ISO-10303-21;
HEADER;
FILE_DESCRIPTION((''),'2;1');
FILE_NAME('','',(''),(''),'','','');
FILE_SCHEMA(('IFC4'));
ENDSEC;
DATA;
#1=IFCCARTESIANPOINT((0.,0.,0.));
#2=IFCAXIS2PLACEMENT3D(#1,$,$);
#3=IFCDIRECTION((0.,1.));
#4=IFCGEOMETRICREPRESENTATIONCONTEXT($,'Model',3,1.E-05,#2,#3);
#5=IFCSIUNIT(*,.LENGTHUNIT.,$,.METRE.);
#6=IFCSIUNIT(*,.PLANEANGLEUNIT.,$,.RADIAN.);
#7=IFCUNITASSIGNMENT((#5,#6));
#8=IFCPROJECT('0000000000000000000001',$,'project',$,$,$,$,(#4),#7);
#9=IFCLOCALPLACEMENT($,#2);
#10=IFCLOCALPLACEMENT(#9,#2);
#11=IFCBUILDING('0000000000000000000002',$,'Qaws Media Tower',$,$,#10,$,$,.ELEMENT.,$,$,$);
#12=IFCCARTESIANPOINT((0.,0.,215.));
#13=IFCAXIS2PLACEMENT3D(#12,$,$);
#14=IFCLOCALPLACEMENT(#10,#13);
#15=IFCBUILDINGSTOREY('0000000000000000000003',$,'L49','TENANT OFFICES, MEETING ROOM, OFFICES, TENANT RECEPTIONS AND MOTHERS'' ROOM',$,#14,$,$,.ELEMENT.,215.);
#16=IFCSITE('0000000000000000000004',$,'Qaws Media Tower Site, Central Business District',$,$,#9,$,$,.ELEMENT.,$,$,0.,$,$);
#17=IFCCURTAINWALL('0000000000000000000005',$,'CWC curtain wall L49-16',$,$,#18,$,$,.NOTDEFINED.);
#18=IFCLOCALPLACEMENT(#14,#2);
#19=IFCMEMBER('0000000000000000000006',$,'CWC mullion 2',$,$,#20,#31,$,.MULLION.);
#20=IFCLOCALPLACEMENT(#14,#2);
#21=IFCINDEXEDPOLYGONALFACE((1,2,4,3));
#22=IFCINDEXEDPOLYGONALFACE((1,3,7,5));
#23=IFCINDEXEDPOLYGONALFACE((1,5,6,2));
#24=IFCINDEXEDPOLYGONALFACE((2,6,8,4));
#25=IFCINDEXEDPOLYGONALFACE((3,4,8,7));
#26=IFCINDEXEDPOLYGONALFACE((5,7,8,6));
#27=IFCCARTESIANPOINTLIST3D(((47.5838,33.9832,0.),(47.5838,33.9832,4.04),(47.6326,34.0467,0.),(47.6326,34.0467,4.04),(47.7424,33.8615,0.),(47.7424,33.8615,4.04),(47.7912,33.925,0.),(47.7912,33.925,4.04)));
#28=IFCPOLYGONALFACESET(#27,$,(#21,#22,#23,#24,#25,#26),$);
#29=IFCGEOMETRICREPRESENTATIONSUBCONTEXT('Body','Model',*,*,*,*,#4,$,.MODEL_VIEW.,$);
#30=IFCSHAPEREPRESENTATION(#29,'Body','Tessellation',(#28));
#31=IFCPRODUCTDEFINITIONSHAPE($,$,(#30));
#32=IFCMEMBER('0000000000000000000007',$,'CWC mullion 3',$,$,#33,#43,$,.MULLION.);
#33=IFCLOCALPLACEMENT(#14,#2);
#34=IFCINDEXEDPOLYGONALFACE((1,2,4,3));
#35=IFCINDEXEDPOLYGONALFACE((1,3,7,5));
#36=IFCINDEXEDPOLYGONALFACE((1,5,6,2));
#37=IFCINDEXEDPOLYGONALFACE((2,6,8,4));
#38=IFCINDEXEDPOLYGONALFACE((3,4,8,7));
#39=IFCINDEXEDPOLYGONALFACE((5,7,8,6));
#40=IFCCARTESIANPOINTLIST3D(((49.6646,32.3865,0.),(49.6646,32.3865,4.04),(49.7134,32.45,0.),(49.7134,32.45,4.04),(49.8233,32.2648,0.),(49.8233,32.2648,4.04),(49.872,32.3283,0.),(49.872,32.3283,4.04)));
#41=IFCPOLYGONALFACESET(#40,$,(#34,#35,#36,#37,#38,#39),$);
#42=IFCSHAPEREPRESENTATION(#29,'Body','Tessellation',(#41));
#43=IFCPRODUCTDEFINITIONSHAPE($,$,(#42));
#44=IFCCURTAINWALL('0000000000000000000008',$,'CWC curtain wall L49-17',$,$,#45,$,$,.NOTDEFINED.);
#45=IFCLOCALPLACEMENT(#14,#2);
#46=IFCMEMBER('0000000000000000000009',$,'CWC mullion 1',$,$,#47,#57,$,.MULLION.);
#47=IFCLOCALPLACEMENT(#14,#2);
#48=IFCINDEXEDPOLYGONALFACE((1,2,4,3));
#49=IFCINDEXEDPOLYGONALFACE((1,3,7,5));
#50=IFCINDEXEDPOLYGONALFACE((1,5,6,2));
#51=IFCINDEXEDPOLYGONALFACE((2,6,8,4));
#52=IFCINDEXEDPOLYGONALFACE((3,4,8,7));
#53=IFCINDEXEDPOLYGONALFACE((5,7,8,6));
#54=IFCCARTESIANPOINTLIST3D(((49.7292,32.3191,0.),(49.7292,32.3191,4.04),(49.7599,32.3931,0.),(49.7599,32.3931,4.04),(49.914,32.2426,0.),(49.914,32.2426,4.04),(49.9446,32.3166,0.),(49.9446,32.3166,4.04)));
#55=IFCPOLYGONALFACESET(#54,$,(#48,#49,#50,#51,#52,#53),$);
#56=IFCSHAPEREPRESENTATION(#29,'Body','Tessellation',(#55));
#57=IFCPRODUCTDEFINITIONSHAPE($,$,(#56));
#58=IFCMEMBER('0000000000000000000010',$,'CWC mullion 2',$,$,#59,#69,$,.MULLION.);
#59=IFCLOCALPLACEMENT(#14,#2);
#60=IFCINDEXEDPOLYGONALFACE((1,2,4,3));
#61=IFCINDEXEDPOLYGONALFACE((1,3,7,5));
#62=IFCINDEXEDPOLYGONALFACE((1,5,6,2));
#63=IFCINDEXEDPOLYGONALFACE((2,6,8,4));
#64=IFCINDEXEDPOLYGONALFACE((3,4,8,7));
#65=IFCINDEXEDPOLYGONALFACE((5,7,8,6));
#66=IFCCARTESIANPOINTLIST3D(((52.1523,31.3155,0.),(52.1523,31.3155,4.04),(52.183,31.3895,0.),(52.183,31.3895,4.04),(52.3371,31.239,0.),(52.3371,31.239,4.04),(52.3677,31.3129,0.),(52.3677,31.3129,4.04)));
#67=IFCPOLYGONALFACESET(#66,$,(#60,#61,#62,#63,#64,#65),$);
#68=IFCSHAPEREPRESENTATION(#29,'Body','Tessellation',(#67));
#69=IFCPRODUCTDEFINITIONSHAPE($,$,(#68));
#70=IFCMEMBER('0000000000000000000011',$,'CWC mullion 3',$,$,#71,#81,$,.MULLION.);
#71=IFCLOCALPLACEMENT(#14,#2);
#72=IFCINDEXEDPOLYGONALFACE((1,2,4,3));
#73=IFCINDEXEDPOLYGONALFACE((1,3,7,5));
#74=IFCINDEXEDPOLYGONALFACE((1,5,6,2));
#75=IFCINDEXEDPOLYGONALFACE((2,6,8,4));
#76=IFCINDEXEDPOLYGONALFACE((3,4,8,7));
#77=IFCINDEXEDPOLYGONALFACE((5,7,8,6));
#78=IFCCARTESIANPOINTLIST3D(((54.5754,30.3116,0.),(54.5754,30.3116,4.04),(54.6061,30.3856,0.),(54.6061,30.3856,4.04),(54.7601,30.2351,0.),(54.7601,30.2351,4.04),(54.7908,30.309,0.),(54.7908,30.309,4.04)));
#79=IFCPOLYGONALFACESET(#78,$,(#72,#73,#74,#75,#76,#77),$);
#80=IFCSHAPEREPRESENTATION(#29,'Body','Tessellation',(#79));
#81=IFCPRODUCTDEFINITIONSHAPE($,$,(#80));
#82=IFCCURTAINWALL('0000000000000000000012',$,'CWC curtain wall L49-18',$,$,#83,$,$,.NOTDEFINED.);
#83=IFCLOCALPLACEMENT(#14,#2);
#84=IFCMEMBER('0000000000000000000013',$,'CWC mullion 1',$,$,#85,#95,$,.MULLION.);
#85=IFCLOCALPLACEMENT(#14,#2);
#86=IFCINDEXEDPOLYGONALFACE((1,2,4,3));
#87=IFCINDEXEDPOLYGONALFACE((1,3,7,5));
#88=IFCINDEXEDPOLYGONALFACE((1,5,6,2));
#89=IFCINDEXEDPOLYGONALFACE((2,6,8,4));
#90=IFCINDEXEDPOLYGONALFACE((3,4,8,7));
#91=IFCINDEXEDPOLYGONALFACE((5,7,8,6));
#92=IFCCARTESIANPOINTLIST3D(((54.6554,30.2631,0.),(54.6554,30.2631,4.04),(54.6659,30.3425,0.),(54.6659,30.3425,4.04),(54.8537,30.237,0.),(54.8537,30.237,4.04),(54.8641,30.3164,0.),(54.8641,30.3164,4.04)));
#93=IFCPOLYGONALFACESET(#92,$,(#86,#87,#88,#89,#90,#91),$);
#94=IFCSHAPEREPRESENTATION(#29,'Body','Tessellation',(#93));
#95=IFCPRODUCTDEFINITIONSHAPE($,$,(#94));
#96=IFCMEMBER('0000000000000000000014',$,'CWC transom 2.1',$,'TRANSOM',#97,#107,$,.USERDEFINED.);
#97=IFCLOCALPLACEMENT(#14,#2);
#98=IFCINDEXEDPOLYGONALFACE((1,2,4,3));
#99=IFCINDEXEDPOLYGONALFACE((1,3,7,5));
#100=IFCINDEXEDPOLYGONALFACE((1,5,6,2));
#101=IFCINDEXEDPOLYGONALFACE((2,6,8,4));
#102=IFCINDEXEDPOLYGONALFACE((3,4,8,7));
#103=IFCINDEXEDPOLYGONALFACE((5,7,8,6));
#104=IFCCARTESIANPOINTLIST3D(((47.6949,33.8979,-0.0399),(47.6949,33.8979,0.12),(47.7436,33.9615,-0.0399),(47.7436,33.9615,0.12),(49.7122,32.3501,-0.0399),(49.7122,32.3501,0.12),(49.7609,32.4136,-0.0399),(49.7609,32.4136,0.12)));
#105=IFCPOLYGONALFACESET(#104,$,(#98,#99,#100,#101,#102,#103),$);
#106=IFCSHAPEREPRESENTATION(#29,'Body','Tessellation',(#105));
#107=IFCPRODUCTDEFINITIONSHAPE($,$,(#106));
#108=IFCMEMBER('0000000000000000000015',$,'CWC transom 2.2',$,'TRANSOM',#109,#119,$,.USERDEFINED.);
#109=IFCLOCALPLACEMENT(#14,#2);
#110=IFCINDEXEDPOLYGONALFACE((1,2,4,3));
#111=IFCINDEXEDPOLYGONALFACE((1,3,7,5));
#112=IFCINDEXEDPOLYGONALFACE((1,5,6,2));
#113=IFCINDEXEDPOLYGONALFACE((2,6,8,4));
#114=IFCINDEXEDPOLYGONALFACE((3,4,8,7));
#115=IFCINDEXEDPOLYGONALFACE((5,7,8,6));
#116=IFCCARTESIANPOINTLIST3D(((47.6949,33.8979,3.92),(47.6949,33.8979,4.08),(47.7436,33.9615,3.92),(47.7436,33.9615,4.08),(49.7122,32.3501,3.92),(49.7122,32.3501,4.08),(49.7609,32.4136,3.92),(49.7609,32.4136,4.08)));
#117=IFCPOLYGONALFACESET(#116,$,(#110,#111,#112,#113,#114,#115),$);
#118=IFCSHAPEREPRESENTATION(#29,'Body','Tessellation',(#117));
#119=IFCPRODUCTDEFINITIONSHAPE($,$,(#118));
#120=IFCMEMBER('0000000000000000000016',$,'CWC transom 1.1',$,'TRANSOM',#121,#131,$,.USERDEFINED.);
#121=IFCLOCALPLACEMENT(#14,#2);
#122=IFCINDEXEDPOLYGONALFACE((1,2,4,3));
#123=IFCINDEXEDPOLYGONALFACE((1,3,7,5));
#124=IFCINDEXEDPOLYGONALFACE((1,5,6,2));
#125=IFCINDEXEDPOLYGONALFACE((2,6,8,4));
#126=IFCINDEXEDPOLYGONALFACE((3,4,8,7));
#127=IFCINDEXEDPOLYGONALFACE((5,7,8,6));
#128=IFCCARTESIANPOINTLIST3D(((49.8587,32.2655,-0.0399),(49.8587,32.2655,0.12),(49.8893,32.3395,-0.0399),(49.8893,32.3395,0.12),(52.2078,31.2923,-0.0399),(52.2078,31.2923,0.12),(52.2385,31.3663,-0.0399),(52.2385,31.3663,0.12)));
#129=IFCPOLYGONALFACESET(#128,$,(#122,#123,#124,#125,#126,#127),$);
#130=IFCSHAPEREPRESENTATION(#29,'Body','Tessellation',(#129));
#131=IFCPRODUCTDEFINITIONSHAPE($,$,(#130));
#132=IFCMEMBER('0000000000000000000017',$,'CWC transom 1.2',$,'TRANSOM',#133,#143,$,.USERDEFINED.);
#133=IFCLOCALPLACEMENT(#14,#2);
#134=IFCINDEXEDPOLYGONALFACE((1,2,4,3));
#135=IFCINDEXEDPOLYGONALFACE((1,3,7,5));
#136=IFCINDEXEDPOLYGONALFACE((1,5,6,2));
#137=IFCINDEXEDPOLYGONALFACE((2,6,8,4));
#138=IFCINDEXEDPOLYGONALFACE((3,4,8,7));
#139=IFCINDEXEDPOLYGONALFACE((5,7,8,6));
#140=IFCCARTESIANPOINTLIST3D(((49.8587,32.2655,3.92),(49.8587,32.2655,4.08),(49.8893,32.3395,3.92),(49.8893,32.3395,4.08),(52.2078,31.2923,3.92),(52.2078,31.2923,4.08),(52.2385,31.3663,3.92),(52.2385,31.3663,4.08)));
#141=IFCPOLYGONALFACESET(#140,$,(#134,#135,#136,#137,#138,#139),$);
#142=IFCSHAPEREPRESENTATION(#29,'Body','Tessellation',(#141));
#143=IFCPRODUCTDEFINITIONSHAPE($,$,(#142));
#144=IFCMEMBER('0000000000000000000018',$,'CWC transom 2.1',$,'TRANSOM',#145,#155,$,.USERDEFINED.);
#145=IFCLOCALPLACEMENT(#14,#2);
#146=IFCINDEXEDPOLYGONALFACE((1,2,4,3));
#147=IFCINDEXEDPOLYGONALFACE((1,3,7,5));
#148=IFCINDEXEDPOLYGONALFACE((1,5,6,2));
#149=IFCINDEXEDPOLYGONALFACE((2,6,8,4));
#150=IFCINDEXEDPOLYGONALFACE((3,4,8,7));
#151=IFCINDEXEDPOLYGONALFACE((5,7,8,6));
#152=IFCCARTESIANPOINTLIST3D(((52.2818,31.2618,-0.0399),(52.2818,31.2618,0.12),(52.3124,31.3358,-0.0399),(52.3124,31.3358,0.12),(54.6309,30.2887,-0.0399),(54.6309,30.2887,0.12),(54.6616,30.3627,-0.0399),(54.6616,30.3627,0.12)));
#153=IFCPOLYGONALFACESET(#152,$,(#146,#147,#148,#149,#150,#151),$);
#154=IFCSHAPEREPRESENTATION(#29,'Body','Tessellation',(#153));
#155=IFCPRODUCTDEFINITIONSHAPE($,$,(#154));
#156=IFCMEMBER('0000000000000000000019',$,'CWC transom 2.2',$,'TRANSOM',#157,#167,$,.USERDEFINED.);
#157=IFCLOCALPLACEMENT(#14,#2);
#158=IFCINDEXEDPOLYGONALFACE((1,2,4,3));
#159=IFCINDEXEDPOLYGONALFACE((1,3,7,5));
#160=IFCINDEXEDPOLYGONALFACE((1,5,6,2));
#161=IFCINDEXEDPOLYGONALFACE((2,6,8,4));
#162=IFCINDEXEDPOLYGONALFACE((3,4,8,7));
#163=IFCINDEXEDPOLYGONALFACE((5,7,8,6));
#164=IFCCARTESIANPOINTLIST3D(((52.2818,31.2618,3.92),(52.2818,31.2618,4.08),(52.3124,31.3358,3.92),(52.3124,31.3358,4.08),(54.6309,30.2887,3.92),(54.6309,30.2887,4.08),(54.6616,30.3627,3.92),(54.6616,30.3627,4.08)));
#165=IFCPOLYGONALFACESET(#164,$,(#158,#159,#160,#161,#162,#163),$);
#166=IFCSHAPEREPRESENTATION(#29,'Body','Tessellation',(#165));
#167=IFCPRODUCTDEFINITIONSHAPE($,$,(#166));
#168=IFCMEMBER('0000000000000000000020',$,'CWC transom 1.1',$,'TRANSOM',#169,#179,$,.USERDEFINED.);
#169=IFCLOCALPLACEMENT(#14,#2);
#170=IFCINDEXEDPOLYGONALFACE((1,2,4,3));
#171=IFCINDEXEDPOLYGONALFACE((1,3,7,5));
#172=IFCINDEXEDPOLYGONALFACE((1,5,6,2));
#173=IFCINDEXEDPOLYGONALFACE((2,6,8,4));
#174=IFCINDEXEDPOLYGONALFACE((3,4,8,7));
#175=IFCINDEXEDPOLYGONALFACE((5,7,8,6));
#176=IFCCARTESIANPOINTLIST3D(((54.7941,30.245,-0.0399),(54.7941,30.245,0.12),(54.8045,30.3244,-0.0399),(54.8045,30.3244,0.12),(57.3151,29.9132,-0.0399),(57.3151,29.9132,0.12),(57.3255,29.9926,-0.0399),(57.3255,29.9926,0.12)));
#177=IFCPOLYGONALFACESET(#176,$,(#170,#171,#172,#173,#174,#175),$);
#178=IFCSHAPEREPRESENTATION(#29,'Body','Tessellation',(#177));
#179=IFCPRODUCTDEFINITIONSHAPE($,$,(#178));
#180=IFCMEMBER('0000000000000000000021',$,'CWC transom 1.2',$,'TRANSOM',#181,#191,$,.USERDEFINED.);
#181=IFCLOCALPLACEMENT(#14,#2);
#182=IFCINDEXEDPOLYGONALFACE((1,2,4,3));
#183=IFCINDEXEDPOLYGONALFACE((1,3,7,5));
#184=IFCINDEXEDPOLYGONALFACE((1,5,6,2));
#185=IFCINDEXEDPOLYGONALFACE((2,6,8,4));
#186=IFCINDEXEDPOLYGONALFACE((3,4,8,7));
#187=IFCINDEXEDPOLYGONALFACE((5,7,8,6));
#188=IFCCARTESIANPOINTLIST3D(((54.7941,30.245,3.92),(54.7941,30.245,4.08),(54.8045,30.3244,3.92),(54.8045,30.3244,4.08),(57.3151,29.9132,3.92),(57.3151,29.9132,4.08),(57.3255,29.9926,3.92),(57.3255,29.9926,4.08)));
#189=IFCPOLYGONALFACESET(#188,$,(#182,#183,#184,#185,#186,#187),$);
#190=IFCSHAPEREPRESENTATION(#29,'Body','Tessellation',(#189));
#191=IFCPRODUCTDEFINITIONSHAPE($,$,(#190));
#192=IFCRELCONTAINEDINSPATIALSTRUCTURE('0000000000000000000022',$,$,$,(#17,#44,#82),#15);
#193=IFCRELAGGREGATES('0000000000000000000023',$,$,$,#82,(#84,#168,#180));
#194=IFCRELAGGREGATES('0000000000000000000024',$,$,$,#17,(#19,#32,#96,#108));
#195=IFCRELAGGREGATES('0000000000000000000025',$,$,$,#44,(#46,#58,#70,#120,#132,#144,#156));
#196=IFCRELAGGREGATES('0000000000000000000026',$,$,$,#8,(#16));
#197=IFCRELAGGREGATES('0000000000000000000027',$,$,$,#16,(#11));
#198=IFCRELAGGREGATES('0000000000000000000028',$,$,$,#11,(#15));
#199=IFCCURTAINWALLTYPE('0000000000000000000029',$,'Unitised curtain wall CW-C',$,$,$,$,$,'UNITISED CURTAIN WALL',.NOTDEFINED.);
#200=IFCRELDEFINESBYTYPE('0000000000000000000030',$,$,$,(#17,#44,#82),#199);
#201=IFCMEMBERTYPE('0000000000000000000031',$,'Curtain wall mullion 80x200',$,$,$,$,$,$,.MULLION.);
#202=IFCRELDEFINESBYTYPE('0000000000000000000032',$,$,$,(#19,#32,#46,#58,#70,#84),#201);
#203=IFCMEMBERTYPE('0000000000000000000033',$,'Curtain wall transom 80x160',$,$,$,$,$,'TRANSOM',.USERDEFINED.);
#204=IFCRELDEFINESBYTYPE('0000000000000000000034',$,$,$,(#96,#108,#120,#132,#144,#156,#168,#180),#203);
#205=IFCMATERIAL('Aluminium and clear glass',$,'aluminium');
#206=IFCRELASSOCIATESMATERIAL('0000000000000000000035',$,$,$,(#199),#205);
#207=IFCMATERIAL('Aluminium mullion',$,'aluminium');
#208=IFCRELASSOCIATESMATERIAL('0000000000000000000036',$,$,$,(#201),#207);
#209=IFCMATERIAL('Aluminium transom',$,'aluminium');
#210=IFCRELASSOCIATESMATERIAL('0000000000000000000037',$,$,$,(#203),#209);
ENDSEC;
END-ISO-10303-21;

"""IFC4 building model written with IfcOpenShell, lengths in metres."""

from ifc_helpers import new_model, si_unit, direction, frame, origin, origin_2d, place, context, subcontext, project, spatial, rectangle, extrude, material, material_profile, profile_set, type_object, element, aggregate, save


model = new_model("IFC4")

# Units and contexts
model_context = context("Model", 3, precision=1e-05, world=origin(), true_north=direction((0.0, 1.0)))
body_context = subcontext(model_context, "Body", "Model", "MODEL_VIEW")
ifc_project = project(units=[si_unit("LENGTHUNIT", "METRE"), si_unit("PLANEANGLEUNIT", "RADIAN")], contexts=[model_context])

# Site, building, storey
site_placement = place(None, origin())
site = spatial("IfcSite", under=ifc_project, at=site_placement, Name="Qaws Media Tower Site, Central Business District", CompositionType="ELEMENT", RefElevation=0.0)
building_placement = place(site_placement, origin())
building = spatial("IfcBuilding", under=site, at=building_placement, Name="Qaws Media Tower", CompositionType="ELEMENT")
storey_placement = place(building_placement, frame((0.0, 0.0, 215.0)))
storey = spatial("IfcBuildingStorey", under=building, at=storey_placement, Name="L49", Description="TENANT OFFICES, MEETING ROOM, OFFICES, TENANT RECEPTIONS AND MOTHERS' ROOM", CompositionType="ELEMENT", Elevation=215.0)

# Curtain walls, members
ifc_material_1 = material(Name="Aluminium and clear glass", Category="aluminium")
curtain_wall_type = type_object("IfcCurtainWallType", Name="Unitised curtain wall CW-C", ElementType="UNITISED CURTAIN WALL", PredefinedType="NOTDEFINED", material=ifc_material_1)
curtain_wall_1_placement = place(storey_placement, origin())
curtain_wall_1 = element("IfcCurtainWall", 1, at=curtain_wall_1_placement, inside=storey, type_object=curtain_wall_type, Name="CWC curtain wall L49-16", PredefinedType="NOTDEFINED")
ifc_material_2 = material(Name="Aluminium mullion", Category="aluminium")
ifc_material_profile_1 = material_profile(ifc_material_2, rectangle(XDim=0.0801, YDim=0.2, at=origin_2d()), Name="80x200")
ifc_profile_set_1 = profile_set([ifc_material_profile_1], Name="Aluminium mullion")
member_type_1 = type_object("IfcMemberType", Name="Curtain wall mullion 80x200", PredefinedType="MULLION", material=ifc_profile_set_1)
member_1_placement = place(storey_placement, frame((47.6875, 33.9541, 0.0), z_axis=(0.0, 0.0, 1.0), x_axis=(0.608761, 0.793353, 0.0)))
member_1 = element("IfcMember", 2, at=member_1_placement, type_object=member_type_1, Name="CWC mullion 2", PredefinedType="MULLION", context=body_context, shape_type="SweptSolid", body=[
    extrude(rectangle(XDim=0.0801, YDim=0.2, at=origin_2d()), origin(), (0.0, 0.0, 1.0), 4.04),
])
member_2_placement = place(storey_placement, frame((49.7683, 32.3574, 0.0), z_axis=(0.0, 0.0, 1.0), x_axis=(0.608761, 0.793353, 0.0)))
member_2 = element("IfcMember", 3, at=member_2_placement, type_object=member_type_1, Name="CWC mullion 3", PredefinedType="MULLION", context=body_context, shape_type="SweptSolid", body=[
    extrude(rectangle(XDim=0.0801, YDim=0.2, at=origin_2d()), origin(), (0.0, 0.0, 1.0), 4.04),
])
curtain_wall_2_placement = place(storey_placement, origin())
curtain_wall_2 = element("IfcCurtainWall", 4, at=curtain_wall_2_placement, inside=storey, type_object=curtain_wall_type, Name="CWC curtain wall L49-17", PredefinedType="NOTDEFINED")
member_3_placement = place(storey_placement, frame((49.8369, 32.3179, 0.0), z_axis=(0.0, 0.0, 1.0), x_axis=(0.382684, 0.923879, 0.0)))
member_3 = element("IfcMember", 5, at=member_3_placement, type_object=member_type_1, Name="CWC mullion 1", PredefinedType="MULLION", context=body_context, shape_type="SweptSolid", body=[
    extrude(rectangle(XDim=0.0801, YDim=0.2, at=origin_2d()), origin(), (0.0, 0.0, 1.0), 4.04),
])
member_4_placement = place(storey_placement, frame((52.26, 31.3142, 0.0), z_axis=(0.0, 0.0, 1.0), x_axis=(0.382684, 0.923879, 0.0)))
member_4 = element("IfcMember", 6, at=member_4_placement, type_object=member_type_1, Name="CWC mullion 2", PredefinedType="MULLION", context=body_context, shape_type="SweptSolid", body=[
    extrude(rectangle(XDim=0.0801, YDim=0.2, at=origin_2d()), origin(), (0.0, 0.0, 1.0), 4.04),
])
member_5_placement = place(storey_placement, frame((54.6831, 30.3103, 0.0), z_axis=(0.0, 0.0, 1.0), x_axis=(0.382684, 0.923879, 0.0)))
member_5 = element("IfcMember", 7, at=member_5_placement, type_object=member_type_1, Name="CWC mullion 3", PredefinedType="MULLION", context=body_context, shape_type="SweptSolid", body=[
    extrude(rectangle(XDim=0.0801, YDim=0.2, at=origin_2d()), origin(), (0.0, 0.0, 1.0), 4.04),
])

# Curtain wall, member
curtain_wall_3_placement = place(storey_placement, origin())
curtain_wall_3 = element("IfcCurtainWall", 8, at=curtain_wall_3_placement, inside=storey, type_object=curtain_wall_type, Name="CWC curtain wall L49-18", PredefinedType="NOTDEFINED")
member_6_placement = place(storey_placement, frame((54.7598, 30.2898, 0.0), z_axis=(0.0, 0.0, 1.0), x_axis=(0.130526, 0.991445, 0.0)))
member_6 = element("IfcMember", 9, at=member_6_placement, type_object=member_type_1, Name="CWC mullion 1", PredefinedType="MULLION", context=body_context, shape_type="SweptSolid", body=[
    extrude(rectangle(XDim=0.0801, YDim=0.2, at=origin_2d()), origin(), (0.0, 0.0, 1.0), 4.04),
])

# Members
ifc_material_3 = material(Name="Aluminium transom", Category="aluminium")
ifc_material_profile_2 = material_profile(ifc_material_3, rectangle(XDim=0.0801, YDim=0.1599, at=origin_2d()), Name="80x160")
ifc_profile_set_2 = profile_set([ifc_material_profile_2], Name="Aluminium transom")
member_type_2 = type_object("IfcMemberType", Name="Curtain wall transom 80x160", ElementType="TRANSOM", PredefinedType="USERDEFINED", material=ifc_profile_set_2)
member_7_placement = place(storey_placement, frame((47.7192, 33.9297, 0.04), z_axis=(0.793373, -0.608736, 0.0), x_axis=(0.608736, 0.793373, 0.0)))
member_7 = element("IfcMember", 10, at=member_7_placement, type_object=member_type_2, Name="CWC transom 2.1", ObjectType="TRANSOM", PredefinedType="USERDEFINED", context=body_context, shape_type="SweptSolid", body=[
    extrude(rectangle(XDim=0.0801, YDim=0.1599, at=origin_2d()), origin(), (0.0, 0.0, 1.0), 2.5427),
])
member_8_placement = place(storey_placement, frame((47.7192, 33.9297, 4.0), z_axis=(0.793373, -0.608736, 0.0), x_axis=(0.608736, 0.793373, 0.0)))
member_8 = element("IfcMember", 11, at=member_8_placement, type_object=member_type_2, Name="CWC transom 2.2", ObjectType="TRANSOM", PredefinedType="USERDEFINED", context=body_context, shape_type="SweptSolid", body=[
    extrude(rectangle(XDim=0.0801, YDim=0.1599, at=origin_2d()), origin(), (0.0, 0.0, 1.0), 2.5427),
])
member_9_placement = place(storey_placement, frame((49.874, 32.3025, 0.04), z_axis=(0.923865, -0.382719, 0.0), x_axis=(0.382719, 0.923865, 0.0)))
member_9 = element("IfcMember", 12, at=member_9_placement, type_object=member_type_2, Name="CWC transom 1.1", ObjectType="TRANSOM", PredefinedType="USERDEFINED", context=body_context, shape_type="SweptSolid", body=[
    extrude(rectangle(XDim=0.0801, YDim=0.1599, at=origin_2d()), origin(), (0.0, 0.0, 1.0), 2.5427),
])
member_10_placement = place(storey_placement, frame((49.874, 32.3025, 4.0), z_axis=(0.923865, -0.382719, 0.0), x_axis=(0.382719, 0.923865, 0.0)))
member_10 = element("IfcMember", 13, at=member_10_placement, type_object=member_type_2, Name="CWC transom 1.2", ObjectType="TRANSOM", PredefinedType="USERDEFINED", context=body_context, shape_type="SweptSolid", body=[
    extrude(rectangle(XDim=0.0801, YDim=0.1599, at=origin_2d()), origin(), (0.0, 0.0, 1.0), 2.5427),
])
member_11_placement = place(storey_placement, frame((52.2971, 31.2988, 0.04), z_axis=(0.923865, -0.382719, 0.0), x_axis=(0.382719, 0.923865, 0.0)))
member_11 = element("IfcMember", 14, at=member_11_placement, type_object=member_type_2, Name="CWC transom 2.1", ObjectType="TRANSOM", PredefinedType="USERDEFINED", context=body_context, shape_type="SweptSolid", body=[
    extrude(rectangle(XDim=0.0801, YDim=0.1599, at=origin_2d()), origin(), (0.0, 0.0, 1.0), 2.5427),
])
member_12_placement = place(storey_placement, frame((52.2971, 31.2988, 4.0), z_axis=(0.923865, -0.382719, 0.0), x_axis=(0.382719, 0.923865, 0.0)))
member_12 = element("IfcMember", 15, at=member_12_placement, type_object=member_type_2, Name="CWC transom 2.2", ObjectType="TRANSOM", PredefinedType="USERDEFINED", context=body_context, shape_type="SweptSolid", body=[
    extrude(rectangle(XDim=0.0801, YDim=0.1599, at=origin_2d()), origin(), (0.0, 0.0, 1.0), 2.5427),
])
member_13_placement = place(storey_placement, frame((54.7993, 30.2847, 0.04), z_axis=(0.99145, -0.130484, 0.0), x_axis=(0.130484, 0.99145, 0.0)))
member_13 = element("IfcMember", 16, at=member_13_placement, type_object=member_type_2, Name="CWC transom 1.1", ObjectType="TRANSOM", PredefinedType="USERDEFINED", context=body_context, shape_type="SweptSolid", body=[
    extrude(rectangle(XDim=0.0801, YDim=0.1599, at=origin_2d()), origin(), (0.0, 0.0, 1.0), 2.5427),
])
member_14_placement = place(storey_placement, frame((54.7993, 30.2847, 4.0), z_axis=(0.99145, -0.130484, 0.0), x_axis=(0.130484, 0.99145, 0.0)))
member_14 = element("IfcMember", 17, at=member_14_placement, type_object=member_type_2, Name="CWC transom 1.2", ObjectType="TRANSOM", PredefinedType="USERDEFINED", context=body_context, shape_type="SweptSolid", body=[
    extrude(rectangle(XDim=0.0801, YDim=0.1599, at=origin_2d()), origin(), (0.0, 0.0, 1.0), 2.5427),
])
aggregate(curtain_wall_3, [member_6, member_13, member_14])

aggregate(curtain_wall_1, [member_1, member_2, member_7, member_8])
aggregate(curtain_wall_2, [member_3, member_4, member_5, member_9, member_10, member_11, member_12])

save(model, "model.ifc")
